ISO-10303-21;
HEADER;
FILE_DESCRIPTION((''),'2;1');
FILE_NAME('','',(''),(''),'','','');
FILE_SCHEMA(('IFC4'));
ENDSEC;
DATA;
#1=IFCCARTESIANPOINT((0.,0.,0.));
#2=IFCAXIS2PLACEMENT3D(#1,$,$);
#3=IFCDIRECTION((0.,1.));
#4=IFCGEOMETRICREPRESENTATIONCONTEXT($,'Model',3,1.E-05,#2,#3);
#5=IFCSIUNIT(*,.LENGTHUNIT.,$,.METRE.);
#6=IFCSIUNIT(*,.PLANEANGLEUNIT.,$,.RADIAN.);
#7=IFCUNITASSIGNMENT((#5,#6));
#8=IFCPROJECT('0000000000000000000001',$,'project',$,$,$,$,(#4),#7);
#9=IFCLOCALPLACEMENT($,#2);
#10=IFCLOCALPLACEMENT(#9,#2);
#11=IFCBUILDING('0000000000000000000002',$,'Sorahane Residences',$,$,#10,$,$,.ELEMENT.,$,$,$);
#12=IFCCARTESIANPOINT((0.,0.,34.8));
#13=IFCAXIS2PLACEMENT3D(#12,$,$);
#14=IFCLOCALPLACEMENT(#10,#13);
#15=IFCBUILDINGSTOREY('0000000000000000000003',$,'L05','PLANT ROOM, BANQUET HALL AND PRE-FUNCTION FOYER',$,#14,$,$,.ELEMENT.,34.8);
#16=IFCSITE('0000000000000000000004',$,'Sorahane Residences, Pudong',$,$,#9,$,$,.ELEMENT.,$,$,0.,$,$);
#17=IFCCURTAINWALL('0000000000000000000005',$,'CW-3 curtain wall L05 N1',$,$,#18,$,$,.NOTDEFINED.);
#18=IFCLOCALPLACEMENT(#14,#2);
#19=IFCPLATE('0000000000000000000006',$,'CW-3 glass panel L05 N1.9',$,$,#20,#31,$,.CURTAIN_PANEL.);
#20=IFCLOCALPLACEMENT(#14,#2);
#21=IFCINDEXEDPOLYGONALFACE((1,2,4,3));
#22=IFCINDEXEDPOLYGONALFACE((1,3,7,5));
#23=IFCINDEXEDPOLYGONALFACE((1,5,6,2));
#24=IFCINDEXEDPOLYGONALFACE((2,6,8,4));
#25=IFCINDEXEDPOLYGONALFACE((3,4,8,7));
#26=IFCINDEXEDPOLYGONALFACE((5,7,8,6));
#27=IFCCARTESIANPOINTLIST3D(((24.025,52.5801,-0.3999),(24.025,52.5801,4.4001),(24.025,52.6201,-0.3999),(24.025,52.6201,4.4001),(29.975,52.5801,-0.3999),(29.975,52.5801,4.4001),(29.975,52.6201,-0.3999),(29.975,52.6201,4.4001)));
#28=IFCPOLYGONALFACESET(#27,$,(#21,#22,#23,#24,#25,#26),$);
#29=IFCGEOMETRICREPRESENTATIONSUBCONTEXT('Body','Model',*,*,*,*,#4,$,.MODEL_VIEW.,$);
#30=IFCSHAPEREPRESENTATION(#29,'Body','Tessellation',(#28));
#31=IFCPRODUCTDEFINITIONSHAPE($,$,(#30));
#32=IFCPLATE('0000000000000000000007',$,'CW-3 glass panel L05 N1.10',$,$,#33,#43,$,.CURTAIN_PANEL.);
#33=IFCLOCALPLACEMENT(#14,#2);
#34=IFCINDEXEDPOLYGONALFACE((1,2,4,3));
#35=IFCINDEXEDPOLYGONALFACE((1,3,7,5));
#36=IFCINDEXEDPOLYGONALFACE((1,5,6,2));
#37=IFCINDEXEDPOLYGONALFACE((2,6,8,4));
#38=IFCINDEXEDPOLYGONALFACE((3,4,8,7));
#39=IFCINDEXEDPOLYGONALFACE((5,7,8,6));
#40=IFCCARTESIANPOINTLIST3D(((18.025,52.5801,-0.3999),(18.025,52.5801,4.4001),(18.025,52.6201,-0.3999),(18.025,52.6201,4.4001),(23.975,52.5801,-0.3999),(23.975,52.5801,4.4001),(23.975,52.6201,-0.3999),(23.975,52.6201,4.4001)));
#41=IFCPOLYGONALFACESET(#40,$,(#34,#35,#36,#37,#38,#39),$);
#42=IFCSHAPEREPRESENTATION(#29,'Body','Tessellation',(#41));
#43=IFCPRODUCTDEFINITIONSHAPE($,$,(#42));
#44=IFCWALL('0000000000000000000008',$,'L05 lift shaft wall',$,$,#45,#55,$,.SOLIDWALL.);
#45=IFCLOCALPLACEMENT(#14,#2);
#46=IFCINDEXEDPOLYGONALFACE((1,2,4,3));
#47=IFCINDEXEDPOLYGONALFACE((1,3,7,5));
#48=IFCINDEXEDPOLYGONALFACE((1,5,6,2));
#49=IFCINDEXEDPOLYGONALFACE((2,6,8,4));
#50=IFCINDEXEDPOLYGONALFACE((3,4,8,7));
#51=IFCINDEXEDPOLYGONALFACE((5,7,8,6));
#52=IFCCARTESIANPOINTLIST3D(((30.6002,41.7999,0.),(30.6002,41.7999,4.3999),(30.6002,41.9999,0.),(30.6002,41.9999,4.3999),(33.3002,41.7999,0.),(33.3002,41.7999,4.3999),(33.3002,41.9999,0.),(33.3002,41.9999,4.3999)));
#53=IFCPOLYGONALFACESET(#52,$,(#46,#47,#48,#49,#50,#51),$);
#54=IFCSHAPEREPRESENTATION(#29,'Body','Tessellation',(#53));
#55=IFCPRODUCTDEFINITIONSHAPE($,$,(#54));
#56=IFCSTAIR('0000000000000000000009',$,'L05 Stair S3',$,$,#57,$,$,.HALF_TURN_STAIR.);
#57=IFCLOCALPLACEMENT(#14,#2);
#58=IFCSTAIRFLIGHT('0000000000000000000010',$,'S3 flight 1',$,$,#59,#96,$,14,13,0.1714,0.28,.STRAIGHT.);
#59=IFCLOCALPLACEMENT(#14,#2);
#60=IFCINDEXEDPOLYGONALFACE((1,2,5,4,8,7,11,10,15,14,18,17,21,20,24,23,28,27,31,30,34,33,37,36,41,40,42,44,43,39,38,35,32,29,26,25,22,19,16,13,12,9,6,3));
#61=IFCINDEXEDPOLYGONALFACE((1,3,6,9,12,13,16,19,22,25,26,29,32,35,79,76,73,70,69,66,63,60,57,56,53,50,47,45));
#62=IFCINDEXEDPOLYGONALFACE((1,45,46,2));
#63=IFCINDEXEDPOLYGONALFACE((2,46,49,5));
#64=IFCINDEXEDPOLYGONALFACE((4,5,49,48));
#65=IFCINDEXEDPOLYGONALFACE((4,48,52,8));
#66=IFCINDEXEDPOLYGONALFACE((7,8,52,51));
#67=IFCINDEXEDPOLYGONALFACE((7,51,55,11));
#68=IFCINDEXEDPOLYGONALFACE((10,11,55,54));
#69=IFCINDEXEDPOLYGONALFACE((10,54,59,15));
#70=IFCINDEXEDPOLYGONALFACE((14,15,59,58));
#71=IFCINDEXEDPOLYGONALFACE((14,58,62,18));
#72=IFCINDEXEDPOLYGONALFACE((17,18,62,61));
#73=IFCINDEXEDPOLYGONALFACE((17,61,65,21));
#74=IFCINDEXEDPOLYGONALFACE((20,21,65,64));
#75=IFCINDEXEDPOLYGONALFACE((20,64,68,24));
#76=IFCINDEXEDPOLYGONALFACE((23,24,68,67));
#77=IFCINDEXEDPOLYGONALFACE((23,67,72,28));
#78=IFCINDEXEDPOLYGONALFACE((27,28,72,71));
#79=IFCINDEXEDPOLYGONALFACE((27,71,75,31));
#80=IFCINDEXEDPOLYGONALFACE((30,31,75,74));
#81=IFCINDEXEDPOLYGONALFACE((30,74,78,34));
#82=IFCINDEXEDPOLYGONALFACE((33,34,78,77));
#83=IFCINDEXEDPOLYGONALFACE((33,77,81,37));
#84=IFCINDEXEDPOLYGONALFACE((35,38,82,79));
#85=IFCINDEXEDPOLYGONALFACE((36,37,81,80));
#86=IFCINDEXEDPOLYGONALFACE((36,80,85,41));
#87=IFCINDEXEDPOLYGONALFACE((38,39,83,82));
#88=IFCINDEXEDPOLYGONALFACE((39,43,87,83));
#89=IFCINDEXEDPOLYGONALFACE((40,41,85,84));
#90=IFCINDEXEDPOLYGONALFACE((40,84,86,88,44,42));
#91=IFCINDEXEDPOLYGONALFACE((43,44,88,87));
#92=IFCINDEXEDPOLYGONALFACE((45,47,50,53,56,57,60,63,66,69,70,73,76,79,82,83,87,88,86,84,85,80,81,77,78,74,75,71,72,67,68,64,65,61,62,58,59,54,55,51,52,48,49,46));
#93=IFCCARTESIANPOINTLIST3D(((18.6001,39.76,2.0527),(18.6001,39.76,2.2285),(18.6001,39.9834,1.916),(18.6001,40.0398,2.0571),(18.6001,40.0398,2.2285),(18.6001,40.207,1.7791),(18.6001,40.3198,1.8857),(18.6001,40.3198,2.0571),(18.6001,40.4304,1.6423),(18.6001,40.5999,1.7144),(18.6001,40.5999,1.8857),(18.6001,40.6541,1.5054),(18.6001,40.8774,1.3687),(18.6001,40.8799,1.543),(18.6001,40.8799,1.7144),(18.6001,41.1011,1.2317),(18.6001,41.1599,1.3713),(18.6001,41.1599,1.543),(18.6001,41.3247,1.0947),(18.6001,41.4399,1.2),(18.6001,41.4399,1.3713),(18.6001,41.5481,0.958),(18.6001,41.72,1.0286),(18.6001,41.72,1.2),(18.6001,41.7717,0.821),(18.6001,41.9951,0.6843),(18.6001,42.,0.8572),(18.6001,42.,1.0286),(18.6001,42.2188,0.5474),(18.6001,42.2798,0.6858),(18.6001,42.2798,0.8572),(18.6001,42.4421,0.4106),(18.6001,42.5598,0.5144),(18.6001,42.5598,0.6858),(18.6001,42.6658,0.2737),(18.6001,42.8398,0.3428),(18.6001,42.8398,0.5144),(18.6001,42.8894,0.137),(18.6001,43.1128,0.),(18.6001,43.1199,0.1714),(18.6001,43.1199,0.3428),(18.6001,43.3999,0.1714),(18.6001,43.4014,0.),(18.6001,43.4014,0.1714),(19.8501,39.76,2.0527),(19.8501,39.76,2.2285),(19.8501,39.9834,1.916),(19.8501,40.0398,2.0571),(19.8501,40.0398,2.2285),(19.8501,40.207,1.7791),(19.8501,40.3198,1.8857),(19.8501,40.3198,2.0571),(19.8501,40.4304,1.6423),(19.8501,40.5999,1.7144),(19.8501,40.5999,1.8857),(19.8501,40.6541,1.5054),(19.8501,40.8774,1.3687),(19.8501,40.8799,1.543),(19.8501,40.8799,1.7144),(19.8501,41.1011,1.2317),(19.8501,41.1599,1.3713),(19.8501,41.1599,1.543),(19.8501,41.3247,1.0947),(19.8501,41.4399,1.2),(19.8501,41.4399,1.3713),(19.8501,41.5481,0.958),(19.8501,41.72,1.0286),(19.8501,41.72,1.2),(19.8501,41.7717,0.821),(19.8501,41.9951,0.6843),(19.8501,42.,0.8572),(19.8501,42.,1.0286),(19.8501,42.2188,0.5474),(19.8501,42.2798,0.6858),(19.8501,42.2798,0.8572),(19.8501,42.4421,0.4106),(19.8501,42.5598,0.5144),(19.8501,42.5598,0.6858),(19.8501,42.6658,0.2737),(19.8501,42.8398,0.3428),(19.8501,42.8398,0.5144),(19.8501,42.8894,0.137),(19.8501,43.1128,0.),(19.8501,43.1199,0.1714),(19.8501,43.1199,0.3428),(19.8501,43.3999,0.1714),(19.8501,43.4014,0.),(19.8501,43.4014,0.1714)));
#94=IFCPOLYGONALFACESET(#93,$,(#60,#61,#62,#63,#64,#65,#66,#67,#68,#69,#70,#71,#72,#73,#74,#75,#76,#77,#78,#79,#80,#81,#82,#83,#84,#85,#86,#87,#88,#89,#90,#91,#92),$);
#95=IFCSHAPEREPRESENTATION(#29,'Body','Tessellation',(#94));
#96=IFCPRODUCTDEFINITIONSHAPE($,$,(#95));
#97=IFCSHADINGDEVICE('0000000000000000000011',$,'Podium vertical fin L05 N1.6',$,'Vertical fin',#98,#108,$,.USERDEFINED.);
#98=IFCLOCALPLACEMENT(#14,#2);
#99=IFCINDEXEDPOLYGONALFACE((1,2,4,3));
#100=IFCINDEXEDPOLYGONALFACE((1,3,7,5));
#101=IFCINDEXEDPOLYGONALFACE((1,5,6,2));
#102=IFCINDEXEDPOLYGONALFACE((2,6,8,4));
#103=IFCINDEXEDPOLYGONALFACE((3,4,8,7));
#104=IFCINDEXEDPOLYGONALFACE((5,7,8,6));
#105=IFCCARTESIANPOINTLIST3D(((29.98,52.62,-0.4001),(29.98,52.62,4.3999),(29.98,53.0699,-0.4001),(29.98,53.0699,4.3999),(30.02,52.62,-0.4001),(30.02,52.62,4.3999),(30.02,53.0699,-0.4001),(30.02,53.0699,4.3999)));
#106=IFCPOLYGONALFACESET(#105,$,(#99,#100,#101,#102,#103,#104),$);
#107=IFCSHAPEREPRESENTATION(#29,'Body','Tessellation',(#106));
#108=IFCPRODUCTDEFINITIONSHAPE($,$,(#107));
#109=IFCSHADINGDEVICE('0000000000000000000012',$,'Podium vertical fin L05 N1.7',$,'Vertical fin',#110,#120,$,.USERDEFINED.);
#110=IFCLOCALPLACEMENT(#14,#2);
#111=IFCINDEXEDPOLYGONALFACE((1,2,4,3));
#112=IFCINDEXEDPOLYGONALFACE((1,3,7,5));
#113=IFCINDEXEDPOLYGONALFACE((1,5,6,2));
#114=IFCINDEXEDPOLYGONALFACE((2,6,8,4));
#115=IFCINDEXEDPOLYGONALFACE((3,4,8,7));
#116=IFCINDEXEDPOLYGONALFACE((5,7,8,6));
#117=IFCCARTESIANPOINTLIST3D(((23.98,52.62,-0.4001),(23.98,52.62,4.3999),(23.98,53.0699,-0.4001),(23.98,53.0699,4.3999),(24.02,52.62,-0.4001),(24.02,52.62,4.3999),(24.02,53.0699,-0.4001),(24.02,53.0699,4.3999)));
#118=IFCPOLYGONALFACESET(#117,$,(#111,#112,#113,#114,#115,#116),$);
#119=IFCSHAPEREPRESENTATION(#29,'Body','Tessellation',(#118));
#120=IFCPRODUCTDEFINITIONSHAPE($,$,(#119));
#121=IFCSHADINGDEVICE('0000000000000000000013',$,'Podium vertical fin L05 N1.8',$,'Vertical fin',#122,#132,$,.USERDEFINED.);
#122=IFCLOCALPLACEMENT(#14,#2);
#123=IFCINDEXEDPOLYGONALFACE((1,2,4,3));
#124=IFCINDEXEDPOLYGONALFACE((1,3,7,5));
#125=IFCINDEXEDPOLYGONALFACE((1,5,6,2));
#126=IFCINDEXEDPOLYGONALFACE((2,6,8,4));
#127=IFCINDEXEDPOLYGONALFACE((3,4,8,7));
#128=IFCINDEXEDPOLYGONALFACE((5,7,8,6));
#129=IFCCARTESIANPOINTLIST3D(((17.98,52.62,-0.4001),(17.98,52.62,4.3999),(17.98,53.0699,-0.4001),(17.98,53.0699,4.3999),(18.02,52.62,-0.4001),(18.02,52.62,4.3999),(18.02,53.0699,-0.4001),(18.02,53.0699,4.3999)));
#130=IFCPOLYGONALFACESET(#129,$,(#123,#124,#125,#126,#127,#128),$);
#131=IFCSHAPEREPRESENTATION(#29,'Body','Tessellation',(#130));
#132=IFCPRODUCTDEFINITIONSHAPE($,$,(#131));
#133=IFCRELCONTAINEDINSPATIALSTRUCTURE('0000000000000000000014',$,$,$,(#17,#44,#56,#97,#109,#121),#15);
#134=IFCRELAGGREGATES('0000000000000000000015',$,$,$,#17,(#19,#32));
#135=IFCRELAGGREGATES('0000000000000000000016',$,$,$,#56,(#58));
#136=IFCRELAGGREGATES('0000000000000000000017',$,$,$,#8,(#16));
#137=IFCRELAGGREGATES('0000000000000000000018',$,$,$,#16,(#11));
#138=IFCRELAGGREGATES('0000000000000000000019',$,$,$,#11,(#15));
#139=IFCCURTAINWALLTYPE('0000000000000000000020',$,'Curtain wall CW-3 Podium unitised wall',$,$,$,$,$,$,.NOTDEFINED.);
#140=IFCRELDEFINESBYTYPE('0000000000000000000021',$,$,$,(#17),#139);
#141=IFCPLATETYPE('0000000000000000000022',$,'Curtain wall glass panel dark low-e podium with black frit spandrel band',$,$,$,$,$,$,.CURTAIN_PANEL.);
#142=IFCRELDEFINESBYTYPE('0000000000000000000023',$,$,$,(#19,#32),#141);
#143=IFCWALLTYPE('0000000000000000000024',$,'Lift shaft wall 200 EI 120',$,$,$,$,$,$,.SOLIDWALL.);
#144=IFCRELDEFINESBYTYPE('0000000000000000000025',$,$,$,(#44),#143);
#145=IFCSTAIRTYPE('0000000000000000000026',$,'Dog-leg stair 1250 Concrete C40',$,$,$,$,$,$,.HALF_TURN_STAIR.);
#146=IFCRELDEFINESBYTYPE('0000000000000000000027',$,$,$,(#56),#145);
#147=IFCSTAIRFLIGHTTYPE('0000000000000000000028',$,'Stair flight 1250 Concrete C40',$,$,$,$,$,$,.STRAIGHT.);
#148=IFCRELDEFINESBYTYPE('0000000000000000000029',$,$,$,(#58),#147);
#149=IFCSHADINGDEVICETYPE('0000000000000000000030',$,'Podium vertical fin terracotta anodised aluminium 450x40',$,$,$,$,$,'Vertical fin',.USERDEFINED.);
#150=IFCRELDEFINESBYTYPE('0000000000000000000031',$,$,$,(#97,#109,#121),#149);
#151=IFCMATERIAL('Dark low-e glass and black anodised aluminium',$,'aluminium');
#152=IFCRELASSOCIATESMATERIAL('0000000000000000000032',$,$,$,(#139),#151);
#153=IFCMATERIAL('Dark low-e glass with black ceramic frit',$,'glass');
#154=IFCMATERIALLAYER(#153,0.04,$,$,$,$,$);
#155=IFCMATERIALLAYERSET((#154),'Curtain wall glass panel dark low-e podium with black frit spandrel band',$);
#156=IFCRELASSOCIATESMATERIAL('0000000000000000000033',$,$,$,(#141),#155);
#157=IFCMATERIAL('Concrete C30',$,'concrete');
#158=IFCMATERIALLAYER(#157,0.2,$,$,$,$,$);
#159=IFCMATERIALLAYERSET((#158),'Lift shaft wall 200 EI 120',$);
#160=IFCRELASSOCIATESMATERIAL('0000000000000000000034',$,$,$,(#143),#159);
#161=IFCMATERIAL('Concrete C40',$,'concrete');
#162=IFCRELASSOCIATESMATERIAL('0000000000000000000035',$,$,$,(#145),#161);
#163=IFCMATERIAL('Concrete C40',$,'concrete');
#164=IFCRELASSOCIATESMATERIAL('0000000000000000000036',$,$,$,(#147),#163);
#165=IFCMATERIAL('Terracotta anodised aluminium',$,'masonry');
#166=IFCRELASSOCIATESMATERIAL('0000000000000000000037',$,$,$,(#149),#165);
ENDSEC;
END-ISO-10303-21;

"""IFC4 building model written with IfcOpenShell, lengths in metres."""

from ifc_helpers import new_model, si_unit, direction, frame, frame_2d, origin, origin_2d, place, context, subcontext, project, spatial, polyline, rectangle, outline, extrude, material, layer, layer_set, material_profile, profile_set, type_object, element, aggregate, save


model = new_model("IFC4")

# Units and contexts
model_context = context("Model", 3, precision=1e-05, world=origin(), true_north=direction((0.0, 1.0)))
body_context = subcontext(model_context, "Body", "Model", "MODEL_VIEW")
ifc_project = project(units=[si_unit("LENGTHUNIT", "METRE"), si_unit("PLANEANGLEUNIT", "RADIAN")], contexts=[model_context])

# Site, building, storey
site_placement = place(None, origin())
site = spatial("IfcSite", under=ifc_project, at=site_placement, Name="Sorahane Residences, Pudong", CompositionType="ELEMENT", RefElevation=0.0)
building_placement = place(site_placement, origin())
building = spatial("IfcBuilding", under=site, at=building_placement, Name="Sorahane Residences", CompositionType="ELEMENT")
storey_placement = place(building_placement, frame((0.0, 0.0, 34.8)))
storey = spatial("IfcBuildingStorey", under=building, at=storey_placement, Name="L05", Description="PLANT ROOM, BANQUET HALL AND PRE-FUNCTION FOYER", CompositionType="ELEMENT", Elevation=34.8)

# Curtain wall
ifc_material_1 = material(Name="Dark low-e glass and black anodised aluminium", Category="aluminium")
curtain_wall_type = type_object("IfcCurtainWallType", Name="Curtain wall CW-3 Podium unitised wall", PredefinedType="NOTDEFINED", material=ifc_material_1)
curtain_wall_placement = place(storey_placement, origin())
curtain_wall = element("IfcCurtainWall", 1, at=curtain_wall_placement, inside=storey, type_object=curtain_wall_type, Name="CW-3 curtain wall L05 N1", PredefinedType="NOTDEFINED")

# Plates
ifc_material_2 = material(Name="Dark low-e glass with black ceramic frit", Category="glass")
ifc_layer_1 = layer(ifc_material_2, 0.04)
ifc_layer_set_1 = layer_set([ifc_layer_1], Name="Curtain wall glass panel dark low-e podium with black frit spandrel band")
plate_type = type_object("IfcPlateType", Name="Curtain wall glass panel dark low-e podium with black frit spandrel band", PredefinedType="CURTAIN_PANEL", material=ifc_layer_set_1)
plate_1_placement = place(storey_placement, frame((27.0, 52.6001, -0.3999), z_axis=(0.0, 0.0, 1.0), x_axis=(-1.0, 0.0, 0.0)))
plate_1 = element("IfcPlate", 2, at=plate_1_placement, type_object=plate_type, Name="CW-3 glass panel L05 N1.9", PredefinedType="CURTAIN_PANEL", context=body_context, shape_type="SweptSolid", body=[
    extrude(rectangle(XDim=5.95, YDim=0.04, at=origin_2d()), origin(), (0.0, 0.0, 1.0), 4.8),
])
plate_2_placement = place(storey_placement, frame((21.0, 52.6001, -0.3999), z_axis=(0.0, 0.0, 1.0), x_axis=(-1.0, 0.0, 0.0)))
plate_2 = element("IfcPlate", 3, at=plate_2_placement, type_object=plate_type, Name="CW-3 glass panel L05 N1.10", PredefinedType="CURTAIN_PANEL", context=body_context, shape_type="SweptSolid", body=[
    extrude(rectangle(XDim=5.95, YDim=0.04, at=origin_2d()), origin(), (0.0, 0.0, 1.0), 4.8),
])
aggregate(curtain_wall, [plate_1, plate_2])

# Wall
ifc_material_3 = material(Name="Concrete C30", Category="concrete")
ifc_layer_2 = layer(ifc_material_3, 0.2)
ifc_layer_set_2 = layer_set([ifc_layer_2], Name="Lift shaft wall 200 EI 120")
wall_type = type_object("IfcWallType", Name="Lift shaft wall 200 EI 120", PredefinedType="SOLIDWALL", material=ifc_layer_set_2)
wall_placement = place(storey_placement, frame((30.6001, 41.8999, 0.0), z_axis=(0.0, 0.0, 1.0), x_axis=(1.0, 0.0, 0.0)))
element("IfcWall", 4, at=wall_placement, inside=storey, type_object=wall_type, Name="L05 lift shaft wall", PredefinedType="SOLIDWALL", context=body_context, shape_type="SweptSolid", body=[
    extrude(rectangle(XDim=2.7, YDim=0.2, at=frame_2d((1.3501, 0.0))), origin(), (0.0, 0.0, 1.0), 4.3999),
])

# Stair, stair flight
ifc_material_4 = material(Name="Concrete C40", Category="concrete")
stair_type = type_object("IfcStairType", Name="Dog-leg stair 1250 Concrete C40", PredefinedType="HALF_TURN_STAIR", material=ifc_material_4)
stair_placement = place(storey_placement, origin())
stair = element("IfcStair", 5, at=stair_placement, inside=storey, type_object=stair_type, Name="L05 Stair S3", PredefinedType="HALF_TURN_STAIR")
ifc_material_5 = material(Name="Concrete C40", Category="concrete")
stair_flight_type = type_object("IfcStairFlightType", Name="Stair flight 1250 Concrete C40", PredefinedType="STRAIGHT", material=ifc_material_5)
stair_flight_placement = place(storey_placement, frame((19.2251, 43.3999, 0.0), z_axis=(0.0, 0.0, 1.0), x_axis=(0.0, -1.0, 0.0)))
stair_flight = element("IfcStairFlight", 6, at=stair_flight_placement, type_object=stair_flight_type, Name="S3 flight 1", NumberOfRisers=14, NumberOfTreads=13, PredefinedType="STRAIGHT", RiserHeight=0.1714, TreadLength=0.28, context=body_context, shape_type="SweptSolid", body=[
    extrude(outline(polyline([(-0.0015, 0.0), (-0.0015, 0.1714), (0.0, 0.1714), (0.28, 0.1714), (0.28, 0.3428), (0.5601, 0.3428), (0.5601, 0.5144), (0.8401, 0.5144), (0.8401, 0.6858), (1.1201, 0.6858), (1.1201, 0.8572), (1.3999, 0.8572), (1.3999, 1.0286), (1.6799, 1.0286), (1.6799, 1.2), (1.96, 1.2), (1.96, 1.3713), (2.24, 1.3713), (2.24, 1.543), (2.52, 1.543), (2.52, 1.7144), (2.8, 1.7144), (2.8, 1.8857), (3.0801, 1.8857), (3.0801, 2.0571), (3.3601, 2.0571), (3.3601, 2.2285), (3.6399, 2.2285), (3.6399, 2.3999), (3.6399, 2.0527), (3.4165, 1.916), (3.1929, 1.7791), (2.9695, 1.6423), (2.7458, 1.5054), (2.5225, 1.3687), (2.2988, 1.2317), (2.0752, 1.0947), (1.8518, 0.958), (1.6282, 0.821), (1.4048, 0.6843), (1.1812, 0.5474), (0.9578, 0.4106), (0.7341, 0.2737), (0.5105, 0.137), (0.2871, 0.0), (-0.0015, 0.0)])), frame((0.0, 0.625, 0.0), z_axis=(0.0, -1.0, 0.0), x_axis=(1.0, 0.0, 0.0)), (0.0, 0.0, 1.0), 1.25),
])
aggregate(stair, [stair_flight])

# Shading devices
ifc_material_6 = material(Name="Terracotta anodised aluminium", Category="masonry")
ifc_material_profile_1 = material_profile(ifc_material_6, rectangle(XDim=0.45, YDim=0.04, at=origin_2d()), Name="Podium vertical fin terracotta anodised aluminium 450x40")
ifc_profile_set_1 = profile_set([ifc_material_profile_1], Name="Terracotta anodised aluminium")
shading_device_type = type_object("IfcShadingDeviceType", Name="Podium vertical fin terracotta anodised aluminium 450x40", ElementType="Vertical fin", PredefinedType="USERDEFINED", material=ifc_profile_set_1)
for number, where, z_axis, x_axis, name in (
    (7, (30.0, 52.845, -0.4001), (0.0, 0.0, 1.0), (0.0, 1.0, 0.0), "Podium vertical fin L05 N1.6"),
    (8, (24.0, 52.845, -0.4001), (0.0, 0.0, 1.0), (0.0, 1.0, 0.0), "Podium vertical fin L05 N1.7"),
    (9, (18.0, 52.845, -0.4001), (0.0, 0.0, 1.0), (0.0, 1.0, 0.0), "Podium vertical fin L05 N1.8"),
):
    element("IfcShadingDevice", number, at=place(storey_placement, frame(where, z_axis=z_axis, x_axis=x_axis)), inside=storey, type_object=shading_device_type, Name=name, ObjectType="Vertical fin", PredefinedType="USERDEFINED", context=body_context, shape_type="SweptSolid", body=[
        extrude(rectangle(XDim=0.45, YDim=0.04, at=origin_2d()), origin(), (0.0, 0.0, 1.0), 4.8),
    ])

save(model, "model.ifc")
